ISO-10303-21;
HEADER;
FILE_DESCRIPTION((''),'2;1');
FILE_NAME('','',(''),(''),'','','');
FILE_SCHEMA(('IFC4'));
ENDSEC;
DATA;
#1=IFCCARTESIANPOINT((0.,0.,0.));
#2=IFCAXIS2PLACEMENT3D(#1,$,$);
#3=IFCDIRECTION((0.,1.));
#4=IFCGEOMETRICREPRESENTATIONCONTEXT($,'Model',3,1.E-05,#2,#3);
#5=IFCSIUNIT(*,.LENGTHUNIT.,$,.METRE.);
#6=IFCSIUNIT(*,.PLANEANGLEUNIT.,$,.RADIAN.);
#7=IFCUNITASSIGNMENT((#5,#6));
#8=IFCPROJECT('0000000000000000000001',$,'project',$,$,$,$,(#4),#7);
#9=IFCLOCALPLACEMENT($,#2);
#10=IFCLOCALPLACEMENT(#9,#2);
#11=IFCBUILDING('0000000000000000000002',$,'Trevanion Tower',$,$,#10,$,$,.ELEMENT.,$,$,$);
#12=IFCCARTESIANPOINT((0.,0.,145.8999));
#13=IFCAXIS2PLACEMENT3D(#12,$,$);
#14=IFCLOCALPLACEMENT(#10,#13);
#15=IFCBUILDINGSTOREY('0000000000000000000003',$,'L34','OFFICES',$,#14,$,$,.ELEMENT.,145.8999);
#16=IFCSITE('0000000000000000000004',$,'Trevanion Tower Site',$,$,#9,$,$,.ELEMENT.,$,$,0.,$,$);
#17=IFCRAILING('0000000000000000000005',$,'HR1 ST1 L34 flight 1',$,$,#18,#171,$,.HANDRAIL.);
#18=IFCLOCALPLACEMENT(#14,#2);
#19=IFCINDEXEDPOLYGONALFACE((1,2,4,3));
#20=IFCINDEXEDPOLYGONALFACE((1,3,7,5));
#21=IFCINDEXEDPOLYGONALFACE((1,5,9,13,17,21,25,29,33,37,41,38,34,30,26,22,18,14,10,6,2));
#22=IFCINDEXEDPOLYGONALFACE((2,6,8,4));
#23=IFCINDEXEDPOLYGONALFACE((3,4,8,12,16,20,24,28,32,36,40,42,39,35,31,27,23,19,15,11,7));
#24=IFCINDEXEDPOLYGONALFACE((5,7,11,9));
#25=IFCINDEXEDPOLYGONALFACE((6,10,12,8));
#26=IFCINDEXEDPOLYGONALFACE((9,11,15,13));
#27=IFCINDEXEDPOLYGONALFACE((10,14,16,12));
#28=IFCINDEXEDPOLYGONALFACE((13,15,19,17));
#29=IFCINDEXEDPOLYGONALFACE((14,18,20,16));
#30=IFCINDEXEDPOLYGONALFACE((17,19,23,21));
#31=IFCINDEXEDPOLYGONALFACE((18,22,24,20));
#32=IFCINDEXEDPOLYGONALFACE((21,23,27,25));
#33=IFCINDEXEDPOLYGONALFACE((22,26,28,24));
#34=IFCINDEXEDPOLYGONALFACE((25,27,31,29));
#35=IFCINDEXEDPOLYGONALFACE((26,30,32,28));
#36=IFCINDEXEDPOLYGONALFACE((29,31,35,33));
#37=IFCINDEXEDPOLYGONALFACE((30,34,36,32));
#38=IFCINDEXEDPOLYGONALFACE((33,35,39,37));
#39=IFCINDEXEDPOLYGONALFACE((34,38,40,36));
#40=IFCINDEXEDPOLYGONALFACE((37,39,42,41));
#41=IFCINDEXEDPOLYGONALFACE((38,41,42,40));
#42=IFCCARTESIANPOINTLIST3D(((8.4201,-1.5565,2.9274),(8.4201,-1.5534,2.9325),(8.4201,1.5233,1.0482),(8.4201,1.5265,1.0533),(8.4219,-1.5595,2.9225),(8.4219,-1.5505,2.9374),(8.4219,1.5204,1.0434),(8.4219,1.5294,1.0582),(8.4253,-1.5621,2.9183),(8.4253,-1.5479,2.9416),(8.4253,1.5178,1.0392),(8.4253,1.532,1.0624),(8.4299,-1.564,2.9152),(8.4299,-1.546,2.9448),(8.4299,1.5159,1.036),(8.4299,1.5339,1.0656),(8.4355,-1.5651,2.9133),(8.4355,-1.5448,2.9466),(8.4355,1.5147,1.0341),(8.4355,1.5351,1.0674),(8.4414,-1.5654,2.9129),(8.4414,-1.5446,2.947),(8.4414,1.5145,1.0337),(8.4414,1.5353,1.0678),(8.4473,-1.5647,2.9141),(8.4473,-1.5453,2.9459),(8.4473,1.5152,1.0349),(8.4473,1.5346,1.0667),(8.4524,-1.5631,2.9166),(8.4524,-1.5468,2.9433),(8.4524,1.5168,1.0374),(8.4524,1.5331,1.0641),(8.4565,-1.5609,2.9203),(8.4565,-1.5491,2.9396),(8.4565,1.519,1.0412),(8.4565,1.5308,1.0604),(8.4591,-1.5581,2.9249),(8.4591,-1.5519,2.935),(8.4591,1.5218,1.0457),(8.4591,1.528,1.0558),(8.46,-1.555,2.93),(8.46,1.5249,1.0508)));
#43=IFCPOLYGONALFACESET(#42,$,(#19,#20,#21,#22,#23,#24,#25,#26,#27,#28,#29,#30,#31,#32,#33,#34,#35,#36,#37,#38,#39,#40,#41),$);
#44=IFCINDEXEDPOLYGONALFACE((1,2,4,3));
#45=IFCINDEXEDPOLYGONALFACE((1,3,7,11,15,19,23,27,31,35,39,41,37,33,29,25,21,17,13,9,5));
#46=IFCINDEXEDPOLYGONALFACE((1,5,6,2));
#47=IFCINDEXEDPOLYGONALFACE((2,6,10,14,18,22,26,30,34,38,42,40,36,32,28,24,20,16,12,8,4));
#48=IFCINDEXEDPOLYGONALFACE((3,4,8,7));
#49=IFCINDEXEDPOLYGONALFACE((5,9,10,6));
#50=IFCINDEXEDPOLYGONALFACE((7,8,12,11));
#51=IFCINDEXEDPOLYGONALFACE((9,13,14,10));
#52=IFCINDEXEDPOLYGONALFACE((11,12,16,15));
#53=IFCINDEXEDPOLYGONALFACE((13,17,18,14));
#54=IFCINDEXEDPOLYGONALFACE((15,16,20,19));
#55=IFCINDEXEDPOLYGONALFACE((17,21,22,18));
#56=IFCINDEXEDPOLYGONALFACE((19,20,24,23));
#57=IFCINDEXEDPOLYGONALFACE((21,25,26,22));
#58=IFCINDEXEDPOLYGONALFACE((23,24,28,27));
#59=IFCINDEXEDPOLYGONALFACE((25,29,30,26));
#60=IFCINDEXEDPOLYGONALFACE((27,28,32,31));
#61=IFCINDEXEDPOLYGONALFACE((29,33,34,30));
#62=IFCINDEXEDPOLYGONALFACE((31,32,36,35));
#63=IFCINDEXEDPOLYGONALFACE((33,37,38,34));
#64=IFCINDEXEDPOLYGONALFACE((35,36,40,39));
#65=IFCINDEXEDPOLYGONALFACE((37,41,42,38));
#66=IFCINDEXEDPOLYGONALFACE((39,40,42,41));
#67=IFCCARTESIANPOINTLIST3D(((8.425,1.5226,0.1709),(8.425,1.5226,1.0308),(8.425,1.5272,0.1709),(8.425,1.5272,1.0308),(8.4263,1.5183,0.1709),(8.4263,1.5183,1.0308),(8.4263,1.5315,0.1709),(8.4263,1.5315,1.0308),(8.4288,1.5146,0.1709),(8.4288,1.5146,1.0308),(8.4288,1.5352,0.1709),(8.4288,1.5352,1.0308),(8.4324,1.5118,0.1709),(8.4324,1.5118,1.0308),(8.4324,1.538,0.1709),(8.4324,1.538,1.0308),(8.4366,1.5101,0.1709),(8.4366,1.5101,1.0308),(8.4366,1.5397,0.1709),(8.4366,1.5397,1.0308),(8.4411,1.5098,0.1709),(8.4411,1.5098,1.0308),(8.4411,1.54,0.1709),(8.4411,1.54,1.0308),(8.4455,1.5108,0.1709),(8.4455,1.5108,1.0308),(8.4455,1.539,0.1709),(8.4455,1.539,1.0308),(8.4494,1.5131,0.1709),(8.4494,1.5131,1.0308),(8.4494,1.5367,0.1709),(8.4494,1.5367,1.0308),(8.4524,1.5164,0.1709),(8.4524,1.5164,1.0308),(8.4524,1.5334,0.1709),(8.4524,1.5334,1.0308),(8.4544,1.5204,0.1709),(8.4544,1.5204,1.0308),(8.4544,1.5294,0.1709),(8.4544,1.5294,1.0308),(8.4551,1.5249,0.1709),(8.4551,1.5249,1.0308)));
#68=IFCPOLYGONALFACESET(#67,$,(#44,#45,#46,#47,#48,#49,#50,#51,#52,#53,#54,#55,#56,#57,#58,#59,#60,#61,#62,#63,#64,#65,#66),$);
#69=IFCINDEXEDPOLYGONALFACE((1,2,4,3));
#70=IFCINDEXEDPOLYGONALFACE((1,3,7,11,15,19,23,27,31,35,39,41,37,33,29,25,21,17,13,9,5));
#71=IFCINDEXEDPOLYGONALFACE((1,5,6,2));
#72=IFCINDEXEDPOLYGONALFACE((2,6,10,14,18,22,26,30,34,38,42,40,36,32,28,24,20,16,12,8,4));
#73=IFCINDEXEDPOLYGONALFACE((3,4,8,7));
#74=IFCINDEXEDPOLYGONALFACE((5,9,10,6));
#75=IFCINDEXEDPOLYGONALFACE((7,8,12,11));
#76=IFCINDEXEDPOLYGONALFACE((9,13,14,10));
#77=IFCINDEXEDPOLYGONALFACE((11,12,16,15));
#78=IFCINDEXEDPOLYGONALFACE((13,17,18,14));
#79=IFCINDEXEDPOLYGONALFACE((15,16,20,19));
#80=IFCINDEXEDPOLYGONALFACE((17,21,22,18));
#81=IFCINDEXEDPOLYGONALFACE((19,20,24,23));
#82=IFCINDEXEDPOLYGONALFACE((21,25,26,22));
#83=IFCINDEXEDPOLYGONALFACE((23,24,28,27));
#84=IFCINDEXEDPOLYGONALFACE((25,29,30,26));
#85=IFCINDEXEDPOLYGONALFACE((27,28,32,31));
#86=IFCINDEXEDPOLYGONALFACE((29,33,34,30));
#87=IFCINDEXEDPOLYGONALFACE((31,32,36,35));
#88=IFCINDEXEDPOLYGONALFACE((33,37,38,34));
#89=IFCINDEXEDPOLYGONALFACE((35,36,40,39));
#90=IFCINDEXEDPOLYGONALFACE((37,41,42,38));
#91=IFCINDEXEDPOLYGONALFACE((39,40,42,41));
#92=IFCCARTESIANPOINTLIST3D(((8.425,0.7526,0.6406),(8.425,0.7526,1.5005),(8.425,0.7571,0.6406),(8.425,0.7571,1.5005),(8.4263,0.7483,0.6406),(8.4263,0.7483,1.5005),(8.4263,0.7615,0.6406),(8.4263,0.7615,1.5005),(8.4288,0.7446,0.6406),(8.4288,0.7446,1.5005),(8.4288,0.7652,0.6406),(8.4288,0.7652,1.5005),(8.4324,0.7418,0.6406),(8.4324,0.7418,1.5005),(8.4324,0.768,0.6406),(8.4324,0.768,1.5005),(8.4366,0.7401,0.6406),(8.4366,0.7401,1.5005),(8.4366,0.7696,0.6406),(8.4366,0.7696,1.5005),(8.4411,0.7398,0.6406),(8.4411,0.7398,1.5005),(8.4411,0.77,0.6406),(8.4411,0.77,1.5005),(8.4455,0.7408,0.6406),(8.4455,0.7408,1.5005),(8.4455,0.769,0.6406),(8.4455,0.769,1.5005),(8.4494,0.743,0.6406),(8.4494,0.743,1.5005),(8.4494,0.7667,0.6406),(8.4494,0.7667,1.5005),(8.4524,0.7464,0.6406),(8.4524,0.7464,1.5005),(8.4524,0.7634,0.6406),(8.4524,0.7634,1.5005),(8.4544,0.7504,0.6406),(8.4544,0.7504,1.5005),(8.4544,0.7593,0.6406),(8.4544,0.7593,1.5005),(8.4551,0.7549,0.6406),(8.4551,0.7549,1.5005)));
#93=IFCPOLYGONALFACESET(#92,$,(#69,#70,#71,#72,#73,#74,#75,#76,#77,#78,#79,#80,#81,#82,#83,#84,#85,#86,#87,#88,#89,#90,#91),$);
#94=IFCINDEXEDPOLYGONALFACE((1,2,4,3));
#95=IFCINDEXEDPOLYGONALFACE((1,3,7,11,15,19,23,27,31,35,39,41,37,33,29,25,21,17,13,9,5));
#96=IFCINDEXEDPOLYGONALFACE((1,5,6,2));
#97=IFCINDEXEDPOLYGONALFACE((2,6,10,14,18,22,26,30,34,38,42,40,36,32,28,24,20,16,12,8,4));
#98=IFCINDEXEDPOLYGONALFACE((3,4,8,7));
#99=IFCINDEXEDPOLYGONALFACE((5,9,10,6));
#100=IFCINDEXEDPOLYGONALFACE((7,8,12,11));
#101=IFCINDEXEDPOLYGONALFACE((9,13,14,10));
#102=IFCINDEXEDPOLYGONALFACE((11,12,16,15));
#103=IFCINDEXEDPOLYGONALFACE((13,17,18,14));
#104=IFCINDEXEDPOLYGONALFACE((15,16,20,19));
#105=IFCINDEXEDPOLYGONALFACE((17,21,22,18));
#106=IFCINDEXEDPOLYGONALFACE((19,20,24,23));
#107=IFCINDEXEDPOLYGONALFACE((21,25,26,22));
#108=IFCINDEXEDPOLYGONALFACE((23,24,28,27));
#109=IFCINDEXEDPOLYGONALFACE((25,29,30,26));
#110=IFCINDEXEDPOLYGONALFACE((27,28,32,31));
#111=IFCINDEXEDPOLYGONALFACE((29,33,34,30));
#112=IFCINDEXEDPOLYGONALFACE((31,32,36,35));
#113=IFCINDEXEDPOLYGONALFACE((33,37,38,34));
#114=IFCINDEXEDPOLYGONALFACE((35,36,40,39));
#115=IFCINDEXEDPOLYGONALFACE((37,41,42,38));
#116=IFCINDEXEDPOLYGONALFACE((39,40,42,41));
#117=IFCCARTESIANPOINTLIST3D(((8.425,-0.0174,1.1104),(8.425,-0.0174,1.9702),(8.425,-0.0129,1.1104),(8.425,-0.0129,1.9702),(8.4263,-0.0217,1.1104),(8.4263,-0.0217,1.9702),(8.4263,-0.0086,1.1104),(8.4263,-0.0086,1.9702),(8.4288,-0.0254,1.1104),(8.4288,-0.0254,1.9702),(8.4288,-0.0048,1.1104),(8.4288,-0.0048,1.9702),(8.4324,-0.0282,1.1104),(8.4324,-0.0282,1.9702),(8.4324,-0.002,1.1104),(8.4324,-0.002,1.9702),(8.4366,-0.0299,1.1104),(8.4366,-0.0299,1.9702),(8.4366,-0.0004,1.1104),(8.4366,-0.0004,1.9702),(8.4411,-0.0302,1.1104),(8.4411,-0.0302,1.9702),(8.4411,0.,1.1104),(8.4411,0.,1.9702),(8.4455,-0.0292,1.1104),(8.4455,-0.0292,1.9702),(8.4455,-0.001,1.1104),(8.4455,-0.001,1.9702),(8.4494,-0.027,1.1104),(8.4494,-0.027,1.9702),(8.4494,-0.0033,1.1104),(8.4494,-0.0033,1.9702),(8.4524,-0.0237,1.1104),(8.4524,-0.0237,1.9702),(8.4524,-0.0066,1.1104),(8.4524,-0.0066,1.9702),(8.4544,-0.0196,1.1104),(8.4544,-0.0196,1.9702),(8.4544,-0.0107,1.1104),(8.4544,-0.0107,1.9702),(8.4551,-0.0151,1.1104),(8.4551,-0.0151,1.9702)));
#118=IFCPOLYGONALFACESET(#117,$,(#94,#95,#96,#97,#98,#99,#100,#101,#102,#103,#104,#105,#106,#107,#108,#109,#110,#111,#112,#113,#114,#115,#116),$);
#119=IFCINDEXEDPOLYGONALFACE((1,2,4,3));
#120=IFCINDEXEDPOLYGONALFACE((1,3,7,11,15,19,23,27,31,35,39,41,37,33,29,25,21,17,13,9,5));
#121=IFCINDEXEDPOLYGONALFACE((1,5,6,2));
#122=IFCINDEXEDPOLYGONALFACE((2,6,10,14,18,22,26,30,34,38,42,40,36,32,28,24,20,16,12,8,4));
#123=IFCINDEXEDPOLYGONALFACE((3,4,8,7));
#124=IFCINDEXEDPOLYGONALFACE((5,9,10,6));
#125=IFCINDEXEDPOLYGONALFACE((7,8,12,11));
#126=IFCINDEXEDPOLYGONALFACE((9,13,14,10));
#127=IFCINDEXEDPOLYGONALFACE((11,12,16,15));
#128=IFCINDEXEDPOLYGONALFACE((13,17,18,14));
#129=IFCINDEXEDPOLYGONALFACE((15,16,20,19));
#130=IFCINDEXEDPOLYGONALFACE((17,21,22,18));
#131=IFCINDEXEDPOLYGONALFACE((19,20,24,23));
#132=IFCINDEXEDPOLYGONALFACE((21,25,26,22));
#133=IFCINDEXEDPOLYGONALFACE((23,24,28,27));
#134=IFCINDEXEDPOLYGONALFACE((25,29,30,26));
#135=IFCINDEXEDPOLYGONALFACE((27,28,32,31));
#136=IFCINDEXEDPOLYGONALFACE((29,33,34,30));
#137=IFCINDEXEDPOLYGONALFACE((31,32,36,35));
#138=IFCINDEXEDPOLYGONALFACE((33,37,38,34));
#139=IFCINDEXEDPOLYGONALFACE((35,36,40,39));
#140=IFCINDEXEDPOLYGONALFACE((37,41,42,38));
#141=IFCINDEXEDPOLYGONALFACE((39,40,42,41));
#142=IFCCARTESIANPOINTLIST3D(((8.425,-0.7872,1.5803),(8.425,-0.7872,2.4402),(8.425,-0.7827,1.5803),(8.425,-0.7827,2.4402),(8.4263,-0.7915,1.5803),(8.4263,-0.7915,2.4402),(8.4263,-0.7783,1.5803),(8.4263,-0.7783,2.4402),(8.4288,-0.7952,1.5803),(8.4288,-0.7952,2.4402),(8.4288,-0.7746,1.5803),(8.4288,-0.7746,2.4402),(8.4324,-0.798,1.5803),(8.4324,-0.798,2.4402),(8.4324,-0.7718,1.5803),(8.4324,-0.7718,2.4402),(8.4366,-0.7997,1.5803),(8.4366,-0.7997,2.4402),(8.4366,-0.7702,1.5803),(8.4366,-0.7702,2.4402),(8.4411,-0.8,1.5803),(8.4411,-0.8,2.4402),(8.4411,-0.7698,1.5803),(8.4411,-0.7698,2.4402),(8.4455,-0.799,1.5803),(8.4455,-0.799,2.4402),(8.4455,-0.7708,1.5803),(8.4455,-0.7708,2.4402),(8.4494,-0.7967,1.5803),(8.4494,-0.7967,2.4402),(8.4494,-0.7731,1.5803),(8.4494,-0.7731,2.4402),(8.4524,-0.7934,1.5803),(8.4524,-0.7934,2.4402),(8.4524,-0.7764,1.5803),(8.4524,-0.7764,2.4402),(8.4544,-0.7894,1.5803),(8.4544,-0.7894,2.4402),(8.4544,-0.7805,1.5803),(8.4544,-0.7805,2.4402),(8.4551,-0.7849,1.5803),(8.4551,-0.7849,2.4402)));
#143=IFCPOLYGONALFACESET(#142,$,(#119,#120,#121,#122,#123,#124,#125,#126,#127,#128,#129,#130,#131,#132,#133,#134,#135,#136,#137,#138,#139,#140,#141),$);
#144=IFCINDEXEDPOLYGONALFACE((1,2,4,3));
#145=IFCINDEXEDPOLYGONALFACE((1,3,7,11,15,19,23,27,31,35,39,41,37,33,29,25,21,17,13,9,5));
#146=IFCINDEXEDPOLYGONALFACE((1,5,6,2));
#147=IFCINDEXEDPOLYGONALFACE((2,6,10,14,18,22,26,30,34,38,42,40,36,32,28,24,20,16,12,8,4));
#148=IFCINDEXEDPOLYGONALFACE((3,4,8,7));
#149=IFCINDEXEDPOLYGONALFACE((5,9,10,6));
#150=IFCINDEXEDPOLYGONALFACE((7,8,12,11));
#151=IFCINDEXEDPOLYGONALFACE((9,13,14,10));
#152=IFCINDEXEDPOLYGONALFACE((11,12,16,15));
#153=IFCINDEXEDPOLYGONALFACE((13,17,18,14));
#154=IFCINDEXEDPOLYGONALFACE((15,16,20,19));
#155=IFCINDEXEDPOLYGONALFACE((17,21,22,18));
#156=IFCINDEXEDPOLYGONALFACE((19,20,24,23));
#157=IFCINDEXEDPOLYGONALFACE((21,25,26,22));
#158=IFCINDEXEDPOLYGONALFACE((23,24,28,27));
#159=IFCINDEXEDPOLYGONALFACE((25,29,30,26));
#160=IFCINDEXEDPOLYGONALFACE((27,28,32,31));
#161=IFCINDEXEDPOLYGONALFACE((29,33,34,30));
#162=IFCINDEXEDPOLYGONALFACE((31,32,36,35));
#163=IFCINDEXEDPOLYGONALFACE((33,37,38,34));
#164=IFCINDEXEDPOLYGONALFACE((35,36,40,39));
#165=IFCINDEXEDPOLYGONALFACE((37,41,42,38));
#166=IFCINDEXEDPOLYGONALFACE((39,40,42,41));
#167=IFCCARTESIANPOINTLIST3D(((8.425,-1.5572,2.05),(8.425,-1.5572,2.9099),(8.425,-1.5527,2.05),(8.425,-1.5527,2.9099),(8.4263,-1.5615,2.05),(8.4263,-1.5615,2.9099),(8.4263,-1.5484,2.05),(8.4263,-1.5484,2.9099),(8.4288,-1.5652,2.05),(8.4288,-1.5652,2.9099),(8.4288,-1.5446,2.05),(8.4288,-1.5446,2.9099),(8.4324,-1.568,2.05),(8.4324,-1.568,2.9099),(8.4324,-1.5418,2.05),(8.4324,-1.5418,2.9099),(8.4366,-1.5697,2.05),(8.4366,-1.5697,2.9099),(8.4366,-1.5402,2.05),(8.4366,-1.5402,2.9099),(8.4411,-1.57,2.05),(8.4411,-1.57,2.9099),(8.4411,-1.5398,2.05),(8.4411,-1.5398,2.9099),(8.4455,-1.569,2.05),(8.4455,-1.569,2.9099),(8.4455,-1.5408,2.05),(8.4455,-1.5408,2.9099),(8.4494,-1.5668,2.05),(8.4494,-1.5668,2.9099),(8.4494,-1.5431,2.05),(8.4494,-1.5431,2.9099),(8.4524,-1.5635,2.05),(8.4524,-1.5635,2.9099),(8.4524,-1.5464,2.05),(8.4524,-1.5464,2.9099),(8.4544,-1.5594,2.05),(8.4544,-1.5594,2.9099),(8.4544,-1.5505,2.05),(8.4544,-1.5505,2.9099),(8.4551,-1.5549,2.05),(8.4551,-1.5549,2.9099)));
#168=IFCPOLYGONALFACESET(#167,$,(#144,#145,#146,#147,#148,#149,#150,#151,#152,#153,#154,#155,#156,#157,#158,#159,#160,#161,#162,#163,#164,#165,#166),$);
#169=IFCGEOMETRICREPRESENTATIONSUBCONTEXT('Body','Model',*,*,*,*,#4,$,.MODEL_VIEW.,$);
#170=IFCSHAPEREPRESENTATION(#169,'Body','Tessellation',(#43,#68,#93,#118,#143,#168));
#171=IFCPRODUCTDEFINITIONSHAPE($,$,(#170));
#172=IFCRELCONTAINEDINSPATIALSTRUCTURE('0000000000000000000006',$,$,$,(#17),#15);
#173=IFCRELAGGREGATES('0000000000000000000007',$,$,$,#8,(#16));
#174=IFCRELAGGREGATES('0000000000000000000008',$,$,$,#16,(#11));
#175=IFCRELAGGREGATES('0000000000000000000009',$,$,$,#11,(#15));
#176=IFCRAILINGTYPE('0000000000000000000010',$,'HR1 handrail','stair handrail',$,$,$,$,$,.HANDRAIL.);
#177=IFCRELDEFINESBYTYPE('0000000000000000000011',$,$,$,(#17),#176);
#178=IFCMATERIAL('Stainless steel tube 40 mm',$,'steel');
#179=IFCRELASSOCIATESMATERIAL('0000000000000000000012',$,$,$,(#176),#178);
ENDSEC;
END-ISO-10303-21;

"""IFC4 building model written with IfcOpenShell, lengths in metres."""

from ifc_helpers import new_model, si_unit, direction, frame, origin, origin_2d, place, context, subcontext, project, spatial, circle, extrude, material, type_object, element, save


model = new_model("IFC4")

# Units and contexts
model_context = context("Model", 3, precision=1e-05, world=origin(), true_north=direction((0.0, 1.0)))
body_context = subcontext(model_context, "Body", "Model", "MODEL_VIEW")
ifc_project = project(units=[si_unit("LENGTHUNIT", "METRE"), si_unit("PLANEANGLEUNIT", "RADIAN")], contexts=[model_context])

# Site, building, storey
site_placement = place(None, origin())
site = spatial("IfcSite", under=ifc_project, at=site_placement, Name="Trevanion Tower Site", CompositionType="ELEMENT", RefElevation=0.0)
building_placement = place(site_placement, origin())
building = spatial("IfcBuilding", under=site, at=building_placement, Name="Trevanion Tower", CompositionType="ELEMENT")
storey_placement = place(building_placement, frame((0.0, 0.0, 145.8999)))
storey = spatial("IfcBuildingStorey", under=building, at=storey_placement, Name="L34", Description="OFFICES", CompositionType="ELEMENT", Elevation=145.8999)

# Railing
ifc_material_1 = material(Name="Stainless steel tube 40 mm", Category="steel")
railing_type = type_object("IfcRailingType", Name="HR1 handrail", Description="stair handrail", PredefinedType="HANDRAIL", material=ifc_material_1)
for number, where, name in (
    (1, (8.4399, 1.5249, 0.1709), "HR1 ST1 L34 flight 1"),
):
    element("IfcRailing", number, at=place(storey_placement, frame(where)), inside=storey, type_object=railing_type, Name=name, PredefinedType="HANDRAIL", context=body_context, shape_type="SweptSolid", body=[
        extrude(circle(Radius=0.02, at=origin_2d()), frame((0.0, 0.0, 0.8799), z_axis=(0.0, -0.853648, 0.52085), x_axis=(1.0, 0.0, 0.0)), (0.0, 0.0, 1.0), 3.6079),
        extrude(circle(Radius=0.0151, at=origin_2d()), origin(), (0.0, 0.0, 1.0), 0.8599),
        extrude(circle(Radius=0.0151, at=origin_2d()), frame((0.0, -0.77, 0.4697)), (0.0, 0.0, 1.0), 0.8599),
        extrude(circle(Radius=0.0151, at=origin_2d()), frame((0.0, -1.54, 0.9395)), (0.0, 0.0, 1.0), 0.8599),
        extrude(circle(Radius=0.0151, at=origin_2d()), frame((0.0, -2.3098, 1.4094)), (0.0, 0.0, 1.0), 0.8599),
        extrude(circle(Radius=0.0151, at=origin_2d()), frame((0.0, -3.0798, 1.8792)), (0.0, 0.0, 1.0), 0.8599),
    ])

save(model, "model.ifc")
